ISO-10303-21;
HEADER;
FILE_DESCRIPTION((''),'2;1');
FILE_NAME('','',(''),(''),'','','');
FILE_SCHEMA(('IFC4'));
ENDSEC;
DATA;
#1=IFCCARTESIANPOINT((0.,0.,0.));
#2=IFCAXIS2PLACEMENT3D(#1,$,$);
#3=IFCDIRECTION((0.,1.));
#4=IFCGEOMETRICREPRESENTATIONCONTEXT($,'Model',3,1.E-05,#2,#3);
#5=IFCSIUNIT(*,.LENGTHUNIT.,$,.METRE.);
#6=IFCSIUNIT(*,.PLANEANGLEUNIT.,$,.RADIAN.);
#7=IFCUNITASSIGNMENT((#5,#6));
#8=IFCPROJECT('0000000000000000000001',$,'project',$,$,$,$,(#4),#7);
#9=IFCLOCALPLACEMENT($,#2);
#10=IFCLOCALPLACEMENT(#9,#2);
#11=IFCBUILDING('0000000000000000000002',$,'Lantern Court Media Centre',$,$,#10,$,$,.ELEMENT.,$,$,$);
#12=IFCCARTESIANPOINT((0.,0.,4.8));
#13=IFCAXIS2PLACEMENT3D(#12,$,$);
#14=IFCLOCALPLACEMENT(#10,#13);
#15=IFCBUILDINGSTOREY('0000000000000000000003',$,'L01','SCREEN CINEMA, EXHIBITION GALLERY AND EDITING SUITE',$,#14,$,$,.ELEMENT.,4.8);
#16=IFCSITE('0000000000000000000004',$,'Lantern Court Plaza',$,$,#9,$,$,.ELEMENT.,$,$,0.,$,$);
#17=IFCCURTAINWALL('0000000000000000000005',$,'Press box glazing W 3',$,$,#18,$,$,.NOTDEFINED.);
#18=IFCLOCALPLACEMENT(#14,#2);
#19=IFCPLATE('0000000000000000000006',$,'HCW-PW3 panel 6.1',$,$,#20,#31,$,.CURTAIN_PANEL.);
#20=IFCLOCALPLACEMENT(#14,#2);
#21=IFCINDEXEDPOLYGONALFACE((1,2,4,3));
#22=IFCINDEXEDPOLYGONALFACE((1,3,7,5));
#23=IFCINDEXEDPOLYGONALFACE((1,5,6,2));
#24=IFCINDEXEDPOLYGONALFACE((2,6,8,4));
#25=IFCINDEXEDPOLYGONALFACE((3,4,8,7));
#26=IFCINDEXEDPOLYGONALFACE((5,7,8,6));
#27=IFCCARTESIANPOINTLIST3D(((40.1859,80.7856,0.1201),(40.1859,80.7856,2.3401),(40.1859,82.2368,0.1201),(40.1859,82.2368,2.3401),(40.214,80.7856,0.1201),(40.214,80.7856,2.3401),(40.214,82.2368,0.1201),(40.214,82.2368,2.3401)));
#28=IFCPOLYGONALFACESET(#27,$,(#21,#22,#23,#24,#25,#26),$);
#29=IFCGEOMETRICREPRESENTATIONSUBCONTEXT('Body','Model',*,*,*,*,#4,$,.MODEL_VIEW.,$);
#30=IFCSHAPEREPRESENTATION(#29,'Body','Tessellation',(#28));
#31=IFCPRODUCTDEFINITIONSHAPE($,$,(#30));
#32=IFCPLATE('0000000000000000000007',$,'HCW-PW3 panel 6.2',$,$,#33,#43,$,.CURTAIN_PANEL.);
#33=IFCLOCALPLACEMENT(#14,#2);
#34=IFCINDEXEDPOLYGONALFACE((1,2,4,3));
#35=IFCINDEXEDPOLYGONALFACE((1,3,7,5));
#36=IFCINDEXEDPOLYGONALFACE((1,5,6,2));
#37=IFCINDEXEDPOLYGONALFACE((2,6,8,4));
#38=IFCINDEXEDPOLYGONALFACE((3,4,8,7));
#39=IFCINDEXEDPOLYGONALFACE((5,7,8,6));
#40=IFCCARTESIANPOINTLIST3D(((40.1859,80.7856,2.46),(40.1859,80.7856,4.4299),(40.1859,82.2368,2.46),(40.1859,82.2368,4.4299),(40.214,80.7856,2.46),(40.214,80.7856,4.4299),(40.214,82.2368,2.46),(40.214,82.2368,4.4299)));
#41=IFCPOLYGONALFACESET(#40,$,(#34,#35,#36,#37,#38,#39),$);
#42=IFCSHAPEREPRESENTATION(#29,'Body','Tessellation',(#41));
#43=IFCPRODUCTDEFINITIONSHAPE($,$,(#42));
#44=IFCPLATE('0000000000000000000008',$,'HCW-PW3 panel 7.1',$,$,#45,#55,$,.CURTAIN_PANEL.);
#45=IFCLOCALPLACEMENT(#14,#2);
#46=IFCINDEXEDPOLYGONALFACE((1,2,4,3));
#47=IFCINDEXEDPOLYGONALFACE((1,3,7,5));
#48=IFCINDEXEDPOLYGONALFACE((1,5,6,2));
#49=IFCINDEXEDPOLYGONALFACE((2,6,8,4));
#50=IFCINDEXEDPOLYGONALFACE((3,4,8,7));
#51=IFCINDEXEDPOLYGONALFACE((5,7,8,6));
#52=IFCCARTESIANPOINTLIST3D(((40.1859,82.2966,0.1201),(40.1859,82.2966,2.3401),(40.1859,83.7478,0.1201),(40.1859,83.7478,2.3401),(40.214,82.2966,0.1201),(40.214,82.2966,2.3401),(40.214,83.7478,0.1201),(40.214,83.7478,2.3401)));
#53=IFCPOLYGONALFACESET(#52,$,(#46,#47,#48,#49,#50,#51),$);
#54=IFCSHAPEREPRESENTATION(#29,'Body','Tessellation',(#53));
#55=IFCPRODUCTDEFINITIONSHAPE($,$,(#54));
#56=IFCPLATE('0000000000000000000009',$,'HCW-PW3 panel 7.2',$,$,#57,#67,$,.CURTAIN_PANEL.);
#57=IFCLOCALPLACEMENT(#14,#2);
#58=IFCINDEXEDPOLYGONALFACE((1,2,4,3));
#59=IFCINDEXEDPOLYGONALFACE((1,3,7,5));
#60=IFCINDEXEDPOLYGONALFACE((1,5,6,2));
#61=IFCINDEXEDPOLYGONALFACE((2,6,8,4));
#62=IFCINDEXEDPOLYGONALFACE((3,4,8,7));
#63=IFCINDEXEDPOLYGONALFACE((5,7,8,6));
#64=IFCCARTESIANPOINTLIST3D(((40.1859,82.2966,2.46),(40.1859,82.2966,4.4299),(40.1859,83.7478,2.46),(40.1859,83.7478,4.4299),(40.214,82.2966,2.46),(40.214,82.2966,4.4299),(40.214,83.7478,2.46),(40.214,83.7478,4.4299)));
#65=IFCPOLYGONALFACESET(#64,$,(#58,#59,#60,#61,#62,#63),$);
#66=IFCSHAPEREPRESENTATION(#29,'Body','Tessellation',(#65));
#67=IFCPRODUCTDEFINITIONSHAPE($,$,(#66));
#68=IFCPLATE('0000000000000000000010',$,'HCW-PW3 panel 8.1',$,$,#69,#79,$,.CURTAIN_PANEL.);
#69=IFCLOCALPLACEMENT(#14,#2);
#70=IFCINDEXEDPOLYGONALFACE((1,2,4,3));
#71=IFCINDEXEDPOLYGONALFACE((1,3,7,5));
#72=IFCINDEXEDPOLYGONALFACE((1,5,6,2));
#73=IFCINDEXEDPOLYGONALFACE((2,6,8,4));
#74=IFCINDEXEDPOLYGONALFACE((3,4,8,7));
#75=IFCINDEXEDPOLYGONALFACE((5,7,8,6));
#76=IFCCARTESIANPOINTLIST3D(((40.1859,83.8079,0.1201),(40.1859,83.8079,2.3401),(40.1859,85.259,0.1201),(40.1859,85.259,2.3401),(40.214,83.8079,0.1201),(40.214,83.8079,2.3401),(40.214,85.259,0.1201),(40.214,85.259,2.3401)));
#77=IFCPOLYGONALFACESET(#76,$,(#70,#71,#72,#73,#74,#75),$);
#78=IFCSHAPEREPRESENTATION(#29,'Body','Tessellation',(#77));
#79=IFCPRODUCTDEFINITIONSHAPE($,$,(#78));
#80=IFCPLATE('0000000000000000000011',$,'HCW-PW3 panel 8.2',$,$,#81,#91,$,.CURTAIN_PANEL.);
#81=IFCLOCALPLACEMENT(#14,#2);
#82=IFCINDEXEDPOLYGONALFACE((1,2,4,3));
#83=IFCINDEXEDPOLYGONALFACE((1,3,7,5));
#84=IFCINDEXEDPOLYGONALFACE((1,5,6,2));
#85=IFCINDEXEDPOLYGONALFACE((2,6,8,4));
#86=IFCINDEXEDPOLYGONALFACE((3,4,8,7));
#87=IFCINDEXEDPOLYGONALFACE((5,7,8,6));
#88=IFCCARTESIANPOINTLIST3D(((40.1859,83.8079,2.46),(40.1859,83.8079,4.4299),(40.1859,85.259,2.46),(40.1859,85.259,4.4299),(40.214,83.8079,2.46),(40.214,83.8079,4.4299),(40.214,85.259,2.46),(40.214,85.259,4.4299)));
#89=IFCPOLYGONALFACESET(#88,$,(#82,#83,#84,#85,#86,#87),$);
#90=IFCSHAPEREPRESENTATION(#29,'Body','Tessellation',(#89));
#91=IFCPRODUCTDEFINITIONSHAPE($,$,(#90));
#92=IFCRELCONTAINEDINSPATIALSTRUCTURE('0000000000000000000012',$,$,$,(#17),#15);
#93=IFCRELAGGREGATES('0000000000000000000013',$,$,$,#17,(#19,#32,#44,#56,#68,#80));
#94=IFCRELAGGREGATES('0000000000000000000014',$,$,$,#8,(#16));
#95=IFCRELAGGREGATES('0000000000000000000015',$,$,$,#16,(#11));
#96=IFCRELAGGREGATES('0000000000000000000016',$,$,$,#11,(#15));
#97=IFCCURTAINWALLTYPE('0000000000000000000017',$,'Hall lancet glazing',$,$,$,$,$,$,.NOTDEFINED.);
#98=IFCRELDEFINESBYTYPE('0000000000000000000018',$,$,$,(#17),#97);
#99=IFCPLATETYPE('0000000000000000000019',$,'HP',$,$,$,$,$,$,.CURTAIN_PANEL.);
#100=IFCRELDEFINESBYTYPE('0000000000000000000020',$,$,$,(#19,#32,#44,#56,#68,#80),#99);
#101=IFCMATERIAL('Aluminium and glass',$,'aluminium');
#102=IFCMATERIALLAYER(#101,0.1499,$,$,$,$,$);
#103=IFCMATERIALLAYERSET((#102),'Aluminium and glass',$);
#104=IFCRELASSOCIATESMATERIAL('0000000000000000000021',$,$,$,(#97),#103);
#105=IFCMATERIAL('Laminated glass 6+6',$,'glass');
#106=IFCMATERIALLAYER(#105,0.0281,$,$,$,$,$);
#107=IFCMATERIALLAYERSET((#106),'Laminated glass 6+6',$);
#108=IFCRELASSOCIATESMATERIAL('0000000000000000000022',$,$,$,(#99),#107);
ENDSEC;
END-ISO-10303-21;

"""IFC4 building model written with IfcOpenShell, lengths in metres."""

from ifc_helpers import new_model, si_unit, direction, frame, origin, origin_2d, place, context, subcontext, project, spatial, rectangle, extrude, material, layer, layer_set, type_object, element, aggregate, save


model = new_model("IFC4")

# Units and contexts
model_context = context("Model", 3, precision=1e-05, world=origin(), true_north=direction((0.0, 1.0)))
body_context = subcontext(model_context, "Body", "Model", "MODEL_VIEW")
ifc_project = project(units=[si_unit("LENGTHUNIT", "METRE"), si_unit("PLANEANGLEUNIT", "RADIAN")], contexts=[model_context])

# Site, building, storey
site_placement = place(None, origin())
site = spatial("IfcSite", under=ifc_project, at=site_placement, Name="Lantern Court Plaza", CompositionType="ELEMENT", RefElevation=0.0)
building_placement = place(site_placement, origin())
building = spatial("IfcBuilding", under=site, at=building_placement, Name="Lantern Court Media Centre", CompositionType="ELEMENT")
storey_placement = place(building_placement, frame((0.0, 0.0, 4.8)))
storey = spatial("IfcBuildingStorey", under=building, at=storey_placement, Name="L01", Description="SCREEN CINEMA, EXHIBITION GALLERY AND EDITING SUITE", CompositionType="ELEMENT", Elevation=4.8)

# Curtain wall
ifc_material_1 = material(Name="Aluminium and glass", Category="aluminium")
ifc_layer_1 = layer(ifc_material_1, 0.1499)
ifc_layer_set_1 = layer_set([ifc_layer_1], Name="Aluminium and glass")
curtain_wall_type = type_object("IfcCurtainWallType", Name="Hall lancet glazing", PredefinedType="NOTDEFINED", material=ifc_layer_set_1)
curtain_wall_placement = place(storey_placement, origin())
curtain_wall = element("IfcCurtainWall", 1, at=curtain_wall_placement, inside=storey, type_object=curtain_wall_type, Name="Press box glazing W 3", PredefinedType="NOTDEFINED")

# Plates
ifc_material_2 = material(Name="Laminated glass 6+6", Category="glass")
ifc_layer_2 = layer(ifc_material_2, 0.0281)
ifc_layer_set_2 = layer_set([ifc_layer_2], Name="Laminated glass 6+6")
plate_type = type_object("IfcPlateType", Name="HP", PredefinedType="CURTAIN_PANEL", material=ifc_layer_set_2)
plate_1_placement = place(storey_placement, frame((40.2, 81.5112, 0.1201), z_axis=(0.0, 0.0, 1.0), x_axis=(0.0, 1.0, 0.0)))
plate_1 = element("IfcPlate", 2, at=plate_1_placement, type_object=plate_type, Name="HCW-PW3 panel 6.1", PredefinedType="CURTAIN_PANEL", context=body_context, shape_type="SweptSolid", body=[
    extrude(rectangle(XDim=1.4512, YDim=0.0281, at=origin_2d()), origin(), (0.0, 0.0, 1.0), 2.22),
])
plate_2_placement = place(storey_placement, frame((40.2, 81.5112, 2.46), z_axis=(0.0, 0.0, 1.0), x_axis=(0.0, 1.0, 0.0)))
plate_2 = element("IfcPlate", 3, at=plate_2_placement, type_object=plate_type, Name="HCW-PW3 panel 6.2", PredefinedType="CURTAIN_PANEL", context=body_context, shape_type="SweptSolid", body=[
    extrude(rectangle(XDim=1.4512, YDim=0.0281, at=origin_2d()), origin(), (0.0, 0.0, 1.0), 1.97),
])
plate_3_placement = place(storey_placement, frame((40.2, 83.0222, 0.1201), z_axis=(0.0, 0.0, 1.0), x_axis=(0.0, 1.0, 0.0)))
plate_3 = element("IfcPlate", 4, at=plate_3_placement, type_object=plate_type, Name="HCW-PW3 panel 7.1", PredefinedType="CURTAIN_PANEL", context=body_context, shape_type="SweptSolid", body=[
    extrude(rectangle(XDim=1.4512, YDim=0.0281, at=origin_2d()), origin(), (0.0, 0.0, 1.0), 2.22),
])
plate_4_placement = place(storey_placement, frame((40.2, 83.0222, 2.46), z_axis=(0.0, 0.0, 1.0), x_axis=(0.0, 1.0, 0.0)))
plate_4 = element("IfcPlate", 5, at=plate_4_placement, type_object=plate_type, Name="HCW-PW3 panel 7.2", PredefinedType="CURTAIN_PANEL", context=body_context, shape_type="SweptSolid", body=[
    extrude(rectangle(XDim=1.4512, YDim=0.0281, at=origin_2d()), origin(), (0.0, 0.0, 1.0), 1.97),
])
plate_5_placement = place(storey_placement, frame((40.2, 84.5334, 0.1201), z_axis=(0.0, 0.0, 1.0), x_axis=(0.0, 1.0, 0.0)))
plate_5 = element("IfcPlate", 6, at=plate_5_placement, type_object=plate_type, Name="HCW-PW3 panel 8.1", PredefinedType="CURTAIN_PANEL", context=body_context, shape_type="SweptSolid", body=[
    extrude(rectangle(XDim=1.4512, YDim=0.0281, at=origin_2d()), origin(), (0.0, 0.0, 1.0), 2.22),
])
plate_6_placement = place(storey_placement, frame((40.2, 84.5334, 2.46), z_axis=(0.0, 0.0, 1.0), x_axis=(0.0, 1.0, 0.0)))
plate_6 = element("IfcPlate", 7, at=plate_6_placement, type_object=plate_type, Name="HCW-PW3 panel 8.2", PredefinedType="CURTAIN_PANEL", context=body_context, shape_type="SweptSolid", body=[
    extrude(rectangle(XDim=1.4512, YDim=0.0281, at=origin_2d()), origin(), (0.0, 0.0, 1.0), 1.97),
])
aggregate(curtain_wall, [plate_1, plate_2, plate_3, plate_4, plate_5, plate_6])

save(model, "model.ifc")
